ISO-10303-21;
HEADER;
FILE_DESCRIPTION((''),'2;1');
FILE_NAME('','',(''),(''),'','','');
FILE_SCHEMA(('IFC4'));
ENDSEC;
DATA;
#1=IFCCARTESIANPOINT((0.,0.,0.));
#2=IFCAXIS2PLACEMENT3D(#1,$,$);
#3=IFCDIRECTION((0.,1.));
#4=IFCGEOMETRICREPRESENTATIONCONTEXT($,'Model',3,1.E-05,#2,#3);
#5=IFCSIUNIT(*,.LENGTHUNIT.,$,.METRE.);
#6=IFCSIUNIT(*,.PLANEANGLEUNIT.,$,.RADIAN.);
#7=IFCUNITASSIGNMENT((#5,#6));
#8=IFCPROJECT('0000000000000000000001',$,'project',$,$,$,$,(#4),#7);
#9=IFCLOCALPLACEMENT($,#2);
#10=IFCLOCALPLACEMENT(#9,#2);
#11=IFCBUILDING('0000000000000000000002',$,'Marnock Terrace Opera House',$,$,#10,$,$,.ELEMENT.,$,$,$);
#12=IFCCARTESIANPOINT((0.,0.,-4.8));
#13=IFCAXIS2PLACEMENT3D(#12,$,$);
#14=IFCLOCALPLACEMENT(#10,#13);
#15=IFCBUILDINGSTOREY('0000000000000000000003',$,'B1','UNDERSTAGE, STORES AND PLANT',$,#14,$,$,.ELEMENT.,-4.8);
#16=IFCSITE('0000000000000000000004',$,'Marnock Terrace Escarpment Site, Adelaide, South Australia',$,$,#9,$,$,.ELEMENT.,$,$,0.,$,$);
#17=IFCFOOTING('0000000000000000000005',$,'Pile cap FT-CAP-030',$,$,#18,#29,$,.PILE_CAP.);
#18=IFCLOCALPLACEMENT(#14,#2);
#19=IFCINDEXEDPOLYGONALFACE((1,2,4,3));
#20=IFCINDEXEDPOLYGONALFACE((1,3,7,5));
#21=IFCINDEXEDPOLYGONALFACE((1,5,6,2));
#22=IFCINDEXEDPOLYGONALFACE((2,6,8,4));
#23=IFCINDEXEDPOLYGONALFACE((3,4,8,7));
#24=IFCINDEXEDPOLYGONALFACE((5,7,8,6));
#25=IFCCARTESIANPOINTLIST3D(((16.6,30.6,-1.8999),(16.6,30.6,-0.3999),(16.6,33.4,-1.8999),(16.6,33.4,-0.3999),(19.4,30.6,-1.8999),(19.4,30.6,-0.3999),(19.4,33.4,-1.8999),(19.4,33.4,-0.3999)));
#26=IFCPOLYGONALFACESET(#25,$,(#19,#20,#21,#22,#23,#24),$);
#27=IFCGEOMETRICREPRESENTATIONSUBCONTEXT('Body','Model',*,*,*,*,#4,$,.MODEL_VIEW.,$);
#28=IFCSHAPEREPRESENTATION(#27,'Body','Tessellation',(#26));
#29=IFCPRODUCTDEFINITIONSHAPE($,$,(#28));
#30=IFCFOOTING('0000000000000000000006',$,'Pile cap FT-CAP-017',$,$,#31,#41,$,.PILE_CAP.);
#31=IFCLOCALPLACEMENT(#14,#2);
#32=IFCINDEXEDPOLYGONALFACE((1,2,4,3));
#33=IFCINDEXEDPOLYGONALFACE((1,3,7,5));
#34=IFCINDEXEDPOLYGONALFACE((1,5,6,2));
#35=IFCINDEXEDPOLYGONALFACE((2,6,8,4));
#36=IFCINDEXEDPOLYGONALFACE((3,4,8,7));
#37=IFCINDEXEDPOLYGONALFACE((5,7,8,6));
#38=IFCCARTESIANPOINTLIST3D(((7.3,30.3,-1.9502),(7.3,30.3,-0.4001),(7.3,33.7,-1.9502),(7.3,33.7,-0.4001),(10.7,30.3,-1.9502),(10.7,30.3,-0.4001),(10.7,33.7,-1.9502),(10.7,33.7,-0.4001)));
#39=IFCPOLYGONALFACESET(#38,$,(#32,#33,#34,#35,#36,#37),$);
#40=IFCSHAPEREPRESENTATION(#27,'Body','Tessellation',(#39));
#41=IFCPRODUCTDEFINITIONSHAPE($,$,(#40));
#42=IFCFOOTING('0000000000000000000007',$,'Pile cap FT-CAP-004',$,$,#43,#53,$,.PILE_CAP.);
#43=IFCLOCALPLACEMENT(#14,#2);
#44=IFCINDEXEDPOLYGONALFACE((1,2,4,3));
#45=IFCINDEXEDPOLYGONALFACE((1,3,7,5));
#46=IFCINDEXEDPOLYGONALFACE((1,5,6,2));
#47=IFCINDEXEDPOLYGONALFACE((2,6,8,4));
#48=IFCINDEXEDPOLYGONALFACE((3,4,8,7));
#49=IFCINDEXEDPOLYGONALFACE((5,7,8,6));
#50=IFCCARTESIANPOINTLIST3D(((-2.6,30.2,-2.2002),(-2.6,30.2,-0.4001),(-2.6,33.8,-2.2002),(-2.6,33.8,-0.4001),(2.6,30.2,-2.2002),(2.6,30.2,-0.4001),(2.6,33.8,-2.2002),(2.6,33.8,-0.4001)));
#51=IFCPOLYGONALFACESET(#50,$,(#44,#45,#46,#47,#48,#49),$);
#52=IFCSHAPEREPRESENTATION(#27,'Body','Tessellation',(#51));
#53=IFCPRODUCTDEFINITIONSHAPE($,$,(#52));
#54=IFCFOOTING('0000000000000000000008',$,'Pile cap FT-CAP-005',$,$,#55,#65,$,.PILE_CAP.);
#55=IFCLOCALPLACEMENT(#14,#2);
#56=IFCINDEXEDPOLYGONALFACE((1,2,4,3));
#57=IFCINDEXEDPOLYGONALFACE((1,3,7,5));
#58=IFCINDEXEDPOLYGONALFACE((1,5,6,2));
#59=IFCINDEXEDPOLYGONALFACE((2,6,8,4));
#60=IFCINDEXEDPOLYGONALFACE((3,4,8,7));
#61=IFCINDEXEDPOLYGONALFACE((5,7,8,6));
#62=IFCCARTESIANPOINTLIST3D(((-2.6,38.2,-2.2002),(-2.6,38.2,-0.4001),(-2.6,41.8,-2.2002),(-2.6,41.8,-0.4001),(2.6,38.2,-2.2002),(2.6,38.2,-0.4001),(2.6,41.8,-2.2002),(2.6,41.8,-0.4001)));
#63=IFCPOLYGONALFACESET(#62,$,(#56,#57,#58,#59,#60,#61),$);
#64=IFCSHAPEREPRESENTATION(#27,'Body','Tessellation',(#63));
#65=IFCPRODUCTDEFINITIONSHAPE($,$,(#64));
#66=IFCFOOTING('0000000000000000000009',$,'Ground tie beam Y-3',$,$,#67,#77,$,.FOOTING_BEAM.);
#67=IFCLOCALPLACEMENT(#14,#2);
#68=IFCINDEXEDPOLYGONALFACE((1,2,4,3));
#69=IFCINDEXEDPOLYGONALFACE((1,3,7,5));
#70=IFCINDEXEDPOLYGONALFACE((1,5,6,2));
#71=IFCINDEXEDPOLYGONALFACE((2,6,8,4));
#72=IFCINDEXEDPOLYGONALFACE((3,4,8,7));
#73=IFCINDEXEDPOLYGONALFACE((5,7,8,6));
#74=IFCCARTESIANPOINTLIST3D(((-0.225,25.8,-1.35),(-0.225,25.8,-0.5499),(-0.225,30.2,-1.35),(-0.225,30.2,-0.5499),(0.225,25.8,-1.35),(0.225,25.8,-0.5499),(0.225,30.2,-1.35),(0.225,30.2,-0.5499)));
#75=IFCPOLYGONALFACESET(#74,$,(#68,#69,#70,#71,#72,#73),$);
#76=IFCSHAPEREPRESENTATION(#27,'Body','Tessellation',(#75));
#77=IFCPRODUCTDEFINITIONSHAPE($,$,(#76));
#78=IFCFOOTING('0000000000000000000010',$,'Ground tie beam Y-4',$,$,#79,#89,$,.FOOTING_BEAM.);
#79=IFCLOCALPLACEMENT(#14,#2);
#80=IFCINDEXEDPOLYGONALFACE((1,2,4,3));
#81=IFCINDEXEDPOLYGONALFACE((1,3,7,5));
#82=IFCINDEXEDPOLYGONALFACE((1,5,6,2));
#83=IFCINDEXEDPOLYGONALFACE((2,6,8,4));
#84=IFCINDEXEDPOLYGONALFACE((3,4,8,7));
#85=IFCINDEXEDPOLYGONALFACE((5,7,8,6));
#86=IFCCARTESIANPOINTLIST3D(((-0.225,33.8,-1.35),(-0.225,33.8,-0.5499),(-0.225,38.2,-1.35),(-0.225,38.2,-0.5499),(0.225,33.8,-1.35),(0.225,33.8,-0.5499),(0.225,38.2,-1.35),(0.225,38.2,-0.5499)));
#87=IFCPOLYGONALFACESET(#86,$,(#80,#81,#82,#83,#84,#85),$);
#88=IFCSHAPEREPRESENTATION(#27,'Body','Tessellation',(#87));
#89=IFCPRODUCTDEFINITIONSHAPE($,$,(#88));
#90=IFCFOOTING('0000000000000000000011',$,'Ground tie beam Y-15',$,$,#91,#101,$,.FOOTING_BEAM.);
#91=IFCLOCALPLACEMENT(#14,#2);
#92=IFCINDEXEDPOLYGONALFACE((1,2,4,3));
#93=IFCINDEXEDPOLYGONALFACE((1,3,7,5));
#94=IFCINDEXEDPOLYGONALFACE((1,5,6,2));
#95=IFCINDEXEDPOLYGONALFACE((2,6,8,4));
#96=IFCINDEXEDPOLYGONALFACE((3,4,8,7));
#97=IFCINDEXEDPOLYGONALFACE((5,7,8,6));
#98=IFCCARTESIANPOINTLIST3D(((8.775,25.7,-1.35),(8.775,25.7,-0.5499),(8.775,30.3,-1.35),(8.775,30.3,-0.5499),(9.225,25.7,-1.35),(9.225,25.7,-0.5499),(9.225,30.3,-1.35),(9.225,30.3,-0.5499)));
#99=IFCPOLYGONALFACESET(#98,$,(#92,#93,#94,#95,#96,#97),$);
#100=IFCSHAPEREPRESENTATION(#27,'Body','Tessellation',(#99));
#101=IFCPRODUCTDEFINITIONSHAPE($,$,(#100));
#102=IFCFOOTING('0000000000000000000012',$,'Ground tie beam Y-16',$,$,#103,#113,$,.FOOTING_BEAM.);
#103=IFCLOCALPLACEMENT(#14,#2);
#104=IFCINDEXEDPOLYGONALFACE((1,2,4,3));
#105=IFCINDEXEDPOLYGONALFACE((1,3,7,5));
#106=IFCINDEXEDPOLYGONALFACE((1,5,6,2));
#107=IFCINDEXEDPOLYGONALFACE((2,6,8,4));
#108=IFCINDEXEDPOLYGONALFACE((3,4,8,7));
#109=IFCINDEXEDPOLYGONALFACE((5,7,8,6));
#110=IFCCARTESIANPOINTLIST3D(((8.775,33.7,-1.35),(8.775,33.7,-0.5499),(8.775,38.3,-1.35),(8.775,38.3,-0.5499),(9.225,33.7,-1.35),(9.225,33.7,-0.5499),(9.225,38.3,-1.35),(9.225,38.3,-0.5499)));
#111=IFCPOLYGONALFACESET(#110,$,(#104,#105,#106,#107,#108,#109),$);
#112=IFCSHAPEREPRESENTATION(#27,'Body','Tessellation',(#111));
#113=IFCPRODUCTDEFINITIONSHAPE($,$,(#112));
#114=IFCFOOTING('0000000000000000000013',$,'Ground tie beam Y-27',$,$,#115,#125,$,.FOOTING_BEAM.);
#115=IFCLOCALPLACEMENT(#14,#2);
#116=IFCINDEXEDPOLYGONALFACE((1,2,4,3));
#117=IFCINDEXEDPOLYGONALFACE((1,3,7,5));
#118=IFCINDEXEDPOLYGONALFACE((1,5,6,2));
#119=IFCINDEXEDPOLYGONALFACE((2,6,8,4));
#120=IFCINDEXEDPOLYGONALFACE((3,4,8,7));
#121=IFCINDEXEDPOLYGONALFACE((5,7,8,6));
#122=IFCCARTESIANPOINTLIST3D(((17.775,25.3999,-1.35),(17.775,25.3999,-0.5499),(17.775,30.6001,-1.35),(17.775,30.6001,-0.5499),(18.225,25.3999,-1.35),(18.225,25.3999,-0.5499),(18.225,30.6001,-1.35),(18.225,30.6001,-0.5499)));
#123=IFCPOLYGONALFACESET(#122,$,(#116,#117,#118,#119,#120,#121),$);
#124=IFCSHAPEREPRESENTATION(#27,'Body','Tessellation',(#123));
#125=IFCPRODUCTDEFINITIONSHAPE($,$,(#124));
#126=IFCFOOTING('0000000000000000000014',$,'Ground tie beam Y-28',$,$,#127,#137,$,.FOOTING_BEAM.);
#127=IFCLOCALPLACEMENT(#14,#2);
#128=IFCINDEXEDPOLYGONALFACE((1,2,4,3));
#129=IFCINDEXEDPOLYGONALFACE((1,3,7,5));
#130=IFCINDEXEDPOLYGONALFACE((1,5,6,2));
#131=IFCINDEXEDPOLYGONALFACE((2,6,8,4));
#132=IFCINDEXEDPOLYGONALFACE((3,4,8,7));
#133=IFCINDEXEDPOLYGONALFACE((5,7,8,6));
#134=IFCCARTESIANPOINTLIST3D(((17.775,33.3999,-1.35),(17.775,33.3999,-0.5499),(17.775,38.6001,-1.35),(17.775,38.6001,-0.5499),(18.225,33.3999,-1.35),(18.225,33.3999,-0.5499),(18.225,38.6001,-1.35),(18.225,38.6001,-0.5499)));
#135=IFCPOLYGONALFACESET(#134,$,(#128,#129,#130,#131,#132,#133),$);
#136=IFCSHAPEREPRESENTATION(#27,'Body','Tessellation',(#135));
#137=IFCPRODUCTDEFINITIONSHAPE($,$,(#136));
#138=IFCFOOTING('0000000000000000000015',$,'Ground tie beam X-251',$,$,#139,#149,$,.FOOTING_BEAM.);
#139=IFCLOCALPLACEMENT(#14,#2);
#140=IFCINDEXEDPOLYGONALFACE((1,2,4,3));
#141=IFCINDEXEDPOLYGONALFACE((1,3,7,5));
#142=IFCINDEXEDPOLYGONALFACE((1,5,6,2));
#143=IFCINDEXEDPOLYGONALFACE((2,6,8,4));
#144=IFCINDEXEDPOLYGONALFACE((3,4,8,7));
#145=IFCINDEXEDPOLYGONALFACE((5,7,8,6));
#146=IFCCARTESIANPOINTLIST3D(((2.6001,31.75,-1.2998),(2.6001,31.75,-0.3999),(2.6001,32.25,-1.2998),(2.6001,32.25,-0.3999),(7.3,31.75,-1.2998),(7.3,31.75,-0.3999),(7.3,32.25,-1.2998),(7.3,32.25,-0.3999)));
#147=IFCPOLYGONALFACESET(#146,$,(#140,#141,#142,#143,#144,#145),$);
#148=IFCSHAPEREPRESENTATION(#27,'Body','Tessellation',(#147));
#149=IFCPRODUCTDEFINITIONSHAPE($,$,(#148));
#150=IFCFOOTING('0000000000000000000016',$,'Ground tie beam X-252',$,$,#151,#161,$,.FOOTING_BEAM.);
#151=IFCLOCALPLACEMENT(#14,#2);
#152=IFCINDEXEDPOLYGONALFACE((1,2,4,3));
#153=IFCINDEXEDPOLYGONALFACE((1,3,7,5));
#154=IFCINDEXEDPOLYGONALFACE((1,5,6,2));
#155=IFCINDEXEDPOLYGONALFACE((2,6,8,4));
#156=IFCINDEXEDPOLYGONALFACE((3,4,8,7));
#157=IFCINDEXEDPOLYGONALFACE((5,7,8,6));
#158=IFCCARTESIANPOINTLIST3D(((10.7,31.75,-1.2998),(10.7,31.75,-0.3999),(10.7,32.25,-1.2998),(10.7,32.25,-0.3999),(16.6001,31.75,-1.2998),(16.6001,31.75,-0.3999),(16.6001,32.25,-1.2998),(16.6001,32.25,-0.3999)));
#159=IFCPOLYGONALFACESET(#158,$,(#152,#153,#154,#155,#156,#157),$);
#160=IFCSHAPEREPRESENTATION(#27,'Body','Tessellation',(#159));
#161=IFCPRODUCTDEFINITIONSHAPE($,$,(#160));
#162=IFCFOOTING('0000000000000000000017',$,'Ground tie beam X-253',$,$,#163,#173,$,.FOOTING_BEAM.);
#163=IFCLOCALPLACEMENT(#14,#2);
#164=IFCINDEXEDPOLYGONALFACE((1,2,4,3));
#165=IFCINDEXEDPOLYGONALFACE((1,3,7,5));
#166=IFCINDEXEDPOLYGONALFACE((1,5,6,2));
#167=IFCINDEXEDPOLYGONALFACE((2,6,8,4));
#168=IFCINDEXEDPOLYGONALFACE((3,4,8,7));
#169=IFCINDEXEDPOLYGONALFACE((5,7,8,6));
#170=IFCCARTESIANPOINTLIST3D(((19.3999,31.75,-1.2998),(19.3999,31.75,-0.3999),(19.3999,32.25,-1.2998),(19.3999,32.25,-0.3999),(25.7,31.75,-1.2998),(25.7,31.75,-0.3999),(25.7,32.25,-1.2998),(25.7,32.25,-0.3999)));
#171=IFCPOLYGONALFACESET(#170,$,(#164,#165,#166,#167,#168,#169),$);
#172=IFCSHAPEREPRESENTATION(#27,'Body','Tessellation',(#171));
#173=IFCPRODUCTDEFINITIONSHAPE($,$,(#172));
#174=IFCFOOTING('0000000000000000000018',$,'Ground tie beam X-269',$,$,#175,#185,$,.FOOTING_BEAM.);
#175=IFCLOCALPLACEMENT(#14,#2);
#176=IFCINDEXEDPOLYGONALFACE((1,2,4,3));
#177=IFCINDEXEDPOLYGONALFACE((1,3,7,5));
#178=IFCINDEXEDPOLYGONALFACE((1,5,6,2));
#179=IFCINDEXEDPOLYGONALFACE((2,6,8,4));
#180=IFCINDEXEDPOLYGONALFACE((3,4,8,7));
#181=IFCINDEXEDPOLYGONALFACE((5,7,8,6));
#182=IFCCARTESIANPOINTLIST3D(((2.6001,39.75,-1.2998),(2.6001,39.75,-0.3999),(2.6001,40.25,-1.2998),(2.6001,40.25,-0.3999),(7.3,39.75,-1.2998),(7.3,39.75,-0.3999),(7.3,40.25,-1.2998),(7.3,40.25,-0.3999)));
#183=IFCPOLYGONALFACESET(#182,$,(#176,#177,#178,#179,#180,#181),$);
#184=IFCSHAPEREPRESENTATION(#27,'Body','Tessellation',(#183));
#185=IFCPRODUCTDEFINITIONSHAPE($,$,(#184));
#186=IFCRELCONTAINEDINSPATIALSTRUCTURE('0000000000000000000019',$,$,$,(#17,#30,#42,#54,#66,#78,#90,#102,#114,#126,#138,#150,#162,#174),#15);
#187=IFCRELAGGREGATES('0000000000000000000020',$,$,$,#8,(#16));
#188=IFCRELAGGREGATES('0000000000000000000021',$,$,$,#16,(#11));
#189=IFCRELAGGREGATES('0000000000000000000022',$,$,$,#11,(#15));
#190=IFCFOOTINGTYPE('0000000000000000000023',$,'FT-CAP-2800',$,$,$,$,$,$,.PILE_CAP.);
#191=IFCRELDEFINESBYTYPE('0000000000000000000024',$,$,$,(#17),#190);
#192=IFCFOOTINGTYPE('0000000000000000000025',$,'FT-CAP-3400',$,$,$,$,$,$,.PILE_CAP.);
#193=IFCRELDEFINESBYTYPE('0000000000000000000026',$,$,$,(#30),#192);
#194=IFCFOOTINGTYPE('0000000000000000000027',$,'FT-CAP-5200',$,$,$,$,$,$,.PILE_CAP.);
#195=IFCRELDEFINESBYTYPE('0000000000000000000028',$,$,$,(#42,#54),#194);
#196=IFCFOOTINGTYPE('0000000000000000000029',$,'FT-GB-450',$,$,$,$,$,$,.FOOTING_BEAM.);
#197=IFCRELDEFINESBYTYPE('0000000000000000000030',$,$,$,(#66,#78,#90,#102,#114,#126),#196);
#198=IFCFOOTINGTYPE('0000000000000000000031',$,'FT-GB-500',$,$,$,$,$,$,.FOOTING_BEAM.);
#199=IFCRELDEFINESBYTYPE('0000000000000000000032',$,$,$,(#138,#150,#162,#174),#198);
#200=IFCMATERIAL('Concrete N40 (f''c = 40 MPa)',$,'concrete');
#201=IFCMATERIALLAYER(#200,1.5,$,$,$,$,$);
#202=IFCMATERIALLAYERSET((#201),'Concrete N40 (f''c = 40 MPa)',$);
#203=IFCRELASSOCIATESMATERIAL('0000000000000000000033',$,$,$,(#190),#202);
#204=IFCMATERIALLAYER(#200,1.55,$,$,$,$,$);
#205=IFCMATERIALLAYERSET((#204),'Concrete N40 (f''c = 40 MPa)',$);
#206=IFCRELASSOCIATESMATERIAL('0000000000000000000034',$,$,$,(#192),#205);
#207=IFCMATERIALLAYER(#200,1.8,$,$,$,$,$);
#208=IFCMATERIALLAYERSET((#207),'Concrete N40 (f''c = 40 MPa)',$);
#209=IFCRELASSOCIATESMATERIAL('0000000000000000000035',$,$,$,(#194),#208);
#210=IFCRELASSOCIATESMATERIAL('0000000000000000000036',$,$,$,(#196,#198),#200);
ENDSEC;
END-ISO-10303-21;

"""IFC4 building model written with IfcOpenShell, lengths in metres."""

from ifc_helpers import new_model, si_unit, direction, frame, origin, origin_2d, place, context, subcontext, project, spatial, rectangle, extrude, material, layer, layer_set, material_profile, profile_set, type_object, element, save


model = new_model("IFC4")

# Units and contexts
model_context = context("Model", 3, precision=1e-05, world=origin(), true_north=direction((0.0, 1.0)))
body_context = subcontext(model_context, "Body", "Model", "MODEL_VIEW")
ifc_project = project(units=[si_unit("LENGTHUNIT", "METRE"), si_unit("PLANEANGLEUNIT", "RADIAN")], contexts=[model_context])

# Site, building, storey
site_placement = place(None, origin())
site = spatial("IfcSite", under=ifc_project, at=site_placement, Name="Marnock Terrace Escarpment Site, Adelaide, South Australia", CompositionType="ELEMENT", RefElevation=0.0)
building_placement = place(site_placement, origin())
building = spatial("IfcBuilding", under=site, at=building_placement, Name="Marnock Terrace Opera House", CompositionType="ELEMENT")
storey_placement = place(building_placement, frame((0.0, 0.0, -4.8)))
storey = spatial("IfcBuildingStorey", under=building, at=storey_placement, Name="B1", Description="UNDERSTAGE, STORES AND PLANT", CompositionType="ELEMENT", Elevation=-4.8)

# Footings
ifc_material_1 = material(Name="Concrete N40 (f'c = 40 MPa)", Category="concrete")
ifc_layer_1 = layer(ifc_material_1, 1.5)
ifc_layer_set_1 = layer_set([ifc_layer_1], Name="Concrete N40 (f'c = 40 MPa)")
footing_type_1 = type_object("IfcFootingType", Name="FT-CAP-2800", PredefinedType="PILE_CAP", material=ifc_layer_set_1)
footing_1_placement = place(storey_placement, frame((18.0, 32.0, -1.8999), z_axis=(0.0, 0.0, 1.0), x_axis=(1.0, 0.0, 0.0)))
element("IfcFooting", 1, at=footing_1_placement, inside=storey, type_object=footing_type_1, Name="Pile cap FT-CAP-030", PredefinedType="PILE_CAP", context=body_context, shape_type="SweptSolid", body=[
    extrude(rectangle(XDim=2.8, YDim=2.8, at=origin_2d()), origin(), (0.0, 0.0, 1.0), 1.5),
])
ifc_layer_2 = layer(ifc_material_1, 1.55)
ifc_layer_set_2 = layer_set([ifc_layer_2], Name="Concrete N40 (f'c = 40 MPa)")
footing_type_2 = type_object("IfcFootingType", Name="FT-CAP-3400", PredefinedType="PILE_CAP", material=ifc_layer_set_2)
footing_2_placement = place(storey_placement, frame((9.0, 32.0, -1.9502), z_axis=(0.0, 0.0, 1.0), x_axis=(1.0, 0.0, 0.0)))
element("IfcFooting", 2, at=footing_2_placement, inside=storey, type_object=footing_type_2, Name="Pile cap FT-CAP-017", PredefinedType="PILE_CAP", context=body_context, shape_type="SweptSolid", body=[
    extrude(rectangle(XDim=3.3999, YDim=3.3999, at=origin_2d()), origin(), (0.0, 0.0, 1.0), 1.55),
])
ifc_layer_3 = layer(ifc_material_1, 1.8)
ifc_layer_set_3 = layer_set([ifc_layer_3], Name="Concrete N40 (f'c = 40 MPa)")
footing_type_3 = type_object("IfcFootingType", Name="FT-CAP-5200", PredefinedType="PILE_CAP", material=ifc_layer_set_3)
for number, where, z_axis, x_axis, name in (
    (3, (0.0, 32.0, -2.2002), (0.0, 0.0, 1.0), (1.0, 0.0, 0.0), "Pile cap FT-CAP-004"),
    (4, (0.0, 40.0, -2.2002), (0.0, 0.0, 1.0), (1.0, 0.0, 0.0), "Pile cap FT-CAP-005"),
):
    element("IfcFooting", number, at=place(storey_placement, frame(where, z_axis=z_axis, x_axis=x_axis)), inside=storey, type_object=footing_type_3, Name=name, PredefinedType="PILE_CAP", context=body_context, shape_type="SweptSolid", body=[
        extrude(rectangle(XDim=5.2, YDim=3.6001, at=origin_2d()), origin(), (0.0, 0.0, 1.0), 1.8),
    ])
ifc_material_profile_1 = material_profile(ifc_material_1, rectangle(XDim=0.45, YDim=0.8, at=origin_2d()))
ifc_profile_set_1 = profile_set([ifc_material_profile_1], Name="Concrete N40 (f'c = 40 MPa)")
footing_type_4 = type_object("IfcFootingType", Name="FT-GB-450", PredefinedType="FOOTING_BEAM", material=ifc_profile_set_1)
for number, where, z_axis, x_axis, name in (
    (5, (0.0, 25.8, -0.95), (0.0, 1.0, 0.0), (-1.0, 0.0, 0.0), "Ground tie beam Y-3"),
    (6, (0.0, 33.8, -0.95), (0.0, 1.0, 0.0), (-1.0, 0.0, 0.0), "Ground tie beam Y-4"),
):
    element("IfcFooting", number, at=place(storey_placement, frame(where, z_axis=z_axis, x_axis=x_axis)), inside=storey, type_object=footing_type_4, Name=name, PredefinedType="FOOTING_BEAM", context=body_context, shape_type="SweptSolid", body=[
        extrude(rectangle(XDim=0.45, YDim=0.8, at=origin_2d()), origin(), (0.0, 0.0, 1.0), 4.3999),
    ])
for number, where, z_axis, x_axis, name in (
    (7, (9.0, 25.7, -0.95), (0.0, 1.0, 0.0), (-1.0, 0.0, 0.0), "Ground tie beam Y-15"),
    (8, (9.0, 33.7, -0.95), (0.0, 1.0, 0.0), (-1.0, 0.0, 0.0), "Ground tie beam Y-16"),
):
    element("IfcFooting", number, at=place(storey_placement, frame(where, z_axis=z_axis, x_axis=x_axis)), inside=storey, type_object=footing_type_4, Name=name, PredefinedType="FOOTING_BEAM", context=body_context, shape_type="SweptSolid", body=[
        extrude(rectangle(XDim=0.45, YDim=0.8, at=origin_2d()), origin(), (0.0, 0.0, 1.0), 4.6001),
    ])
for number, where, z_axis, x_axis, name in (
    (9, (18.0, 25.3999, -0.95), (0.0, 1.0, 0.0), (-1.0, 0.0, 0.0), "Ground tie beam Y-27"),
    (10, (18.0, 33.3999, -0.95), (0.0, 1.0, 0.0), (-1.0, 0.0, 0.0), "Ground tie beam Y-28"),
):
    element("IfcFooting", number, at=place(storey_placement, frame(where, z_axis=z_axis, x_axis=x_axis)), inside=storey, type_object=footing_type_4, Name=name, PredefinedType="FOOTING_BEAM", context=body_context, shape_type="SweptSolid", body=[
        extrude(rectangle(XDim=0.45, YDim=0.8, at=origin_2d()), origin(), (0.0, 0.0, 1.0), 5.2002),
    ])
ifc_material_profile_2 = material_profile(ifc_material_1, rectangle(XDim=0.5, YDim=0.8999, at=origin_2d()))
ifc_profile_set_2 = profile_set([ifc_material_profile_2], Name="Concrete N40 (f'c = 40 MPa)")
footing_type_5 = type_object("IfcFootingType", Name="FT-GB-500", PredefinedType="FOOTING_BEAM", material=ifc_profile_set_2)
footing_3_placement = place(storey_placement, frame((2.6001, 32.0, -0.8499), z_axis=(1.0, 0.0, 0.0), x_axis=(0.0, 1.0, 0.0)))
element("IfcFooting", 11, at=footing_3_placement, inside=storey, type_object=footing_type_5, Name="Ground tie beam X-251", PredefinedType="FOOTING_BEAM", context=body_context, shape_type="SweptSolid", body=[
    extrude(rectangle(XDim=0.5, YDim=0.8999, at=origin_2d()), origin(), (0.0, 0.0, 1.0), 4.7),
])
footing_4_placement = place(storey_placement, frame((10.7, 32.0, -0.8499), z_axis=(1.0, 0.0, 0.0), x_axis=(0.0, 1.0, 0.0)))
element("IfcFooting", 12, at=footing_4_placement, inside=storey, type_object=footing_type_5, Name="Ground tie beam X-252", PredefinedType="FOOTING_BEAM", context=body_context, shape_type="SweptSolid", body=[
    extrude(rectangle(XDim=0.5, YDim=0.8999, at=origin_2d()), origin(), (0.0, 0.0, 1.0), 5.9001),
])
footing_5_placement = place(storey_placement, frame((19.3999, 32.0, -0.8499), z_axis=(1.0, 0.0, 0.0), x_axis=(0.0, 1.0, 0.0)))
element("IfcFooting", 13, at=footing_5_placement, inside=storey, type_object=footing_type_5, Name="Ground tie beam X-253", PredefinedType="FOOTING_BEAM", context=body_context, shape_type="SweptSolid", body=[
    extrude(rectangle(XDim=0.5, YDim=0.8999, at=origin_2d()), origin(), (0.0, 0.0, 1.0), 6.3),
])
footing_6_placement = place(storey_placement, frame((2.6001, 40.0, -0.8499), z_axis=(1.0, 0.0, 0.0), x_axis=(0.0, 1.0, 0.0)))
element("IfcFooting", 14, at=footing_6_placement, inside=storey, type_object=footing_type_5, Name="Ground tie beam X-269", PredefinedType="FOOTING_BEAM", context=body_context, shape_type="SweptSolid", body=[
    extrude(rectangle(XDim=0.5, YDim=0.8999, at=origin_2d()), origin(), (0.0, 0.0, 1.0), 4.7),
])

save(model, "model.ifc")
